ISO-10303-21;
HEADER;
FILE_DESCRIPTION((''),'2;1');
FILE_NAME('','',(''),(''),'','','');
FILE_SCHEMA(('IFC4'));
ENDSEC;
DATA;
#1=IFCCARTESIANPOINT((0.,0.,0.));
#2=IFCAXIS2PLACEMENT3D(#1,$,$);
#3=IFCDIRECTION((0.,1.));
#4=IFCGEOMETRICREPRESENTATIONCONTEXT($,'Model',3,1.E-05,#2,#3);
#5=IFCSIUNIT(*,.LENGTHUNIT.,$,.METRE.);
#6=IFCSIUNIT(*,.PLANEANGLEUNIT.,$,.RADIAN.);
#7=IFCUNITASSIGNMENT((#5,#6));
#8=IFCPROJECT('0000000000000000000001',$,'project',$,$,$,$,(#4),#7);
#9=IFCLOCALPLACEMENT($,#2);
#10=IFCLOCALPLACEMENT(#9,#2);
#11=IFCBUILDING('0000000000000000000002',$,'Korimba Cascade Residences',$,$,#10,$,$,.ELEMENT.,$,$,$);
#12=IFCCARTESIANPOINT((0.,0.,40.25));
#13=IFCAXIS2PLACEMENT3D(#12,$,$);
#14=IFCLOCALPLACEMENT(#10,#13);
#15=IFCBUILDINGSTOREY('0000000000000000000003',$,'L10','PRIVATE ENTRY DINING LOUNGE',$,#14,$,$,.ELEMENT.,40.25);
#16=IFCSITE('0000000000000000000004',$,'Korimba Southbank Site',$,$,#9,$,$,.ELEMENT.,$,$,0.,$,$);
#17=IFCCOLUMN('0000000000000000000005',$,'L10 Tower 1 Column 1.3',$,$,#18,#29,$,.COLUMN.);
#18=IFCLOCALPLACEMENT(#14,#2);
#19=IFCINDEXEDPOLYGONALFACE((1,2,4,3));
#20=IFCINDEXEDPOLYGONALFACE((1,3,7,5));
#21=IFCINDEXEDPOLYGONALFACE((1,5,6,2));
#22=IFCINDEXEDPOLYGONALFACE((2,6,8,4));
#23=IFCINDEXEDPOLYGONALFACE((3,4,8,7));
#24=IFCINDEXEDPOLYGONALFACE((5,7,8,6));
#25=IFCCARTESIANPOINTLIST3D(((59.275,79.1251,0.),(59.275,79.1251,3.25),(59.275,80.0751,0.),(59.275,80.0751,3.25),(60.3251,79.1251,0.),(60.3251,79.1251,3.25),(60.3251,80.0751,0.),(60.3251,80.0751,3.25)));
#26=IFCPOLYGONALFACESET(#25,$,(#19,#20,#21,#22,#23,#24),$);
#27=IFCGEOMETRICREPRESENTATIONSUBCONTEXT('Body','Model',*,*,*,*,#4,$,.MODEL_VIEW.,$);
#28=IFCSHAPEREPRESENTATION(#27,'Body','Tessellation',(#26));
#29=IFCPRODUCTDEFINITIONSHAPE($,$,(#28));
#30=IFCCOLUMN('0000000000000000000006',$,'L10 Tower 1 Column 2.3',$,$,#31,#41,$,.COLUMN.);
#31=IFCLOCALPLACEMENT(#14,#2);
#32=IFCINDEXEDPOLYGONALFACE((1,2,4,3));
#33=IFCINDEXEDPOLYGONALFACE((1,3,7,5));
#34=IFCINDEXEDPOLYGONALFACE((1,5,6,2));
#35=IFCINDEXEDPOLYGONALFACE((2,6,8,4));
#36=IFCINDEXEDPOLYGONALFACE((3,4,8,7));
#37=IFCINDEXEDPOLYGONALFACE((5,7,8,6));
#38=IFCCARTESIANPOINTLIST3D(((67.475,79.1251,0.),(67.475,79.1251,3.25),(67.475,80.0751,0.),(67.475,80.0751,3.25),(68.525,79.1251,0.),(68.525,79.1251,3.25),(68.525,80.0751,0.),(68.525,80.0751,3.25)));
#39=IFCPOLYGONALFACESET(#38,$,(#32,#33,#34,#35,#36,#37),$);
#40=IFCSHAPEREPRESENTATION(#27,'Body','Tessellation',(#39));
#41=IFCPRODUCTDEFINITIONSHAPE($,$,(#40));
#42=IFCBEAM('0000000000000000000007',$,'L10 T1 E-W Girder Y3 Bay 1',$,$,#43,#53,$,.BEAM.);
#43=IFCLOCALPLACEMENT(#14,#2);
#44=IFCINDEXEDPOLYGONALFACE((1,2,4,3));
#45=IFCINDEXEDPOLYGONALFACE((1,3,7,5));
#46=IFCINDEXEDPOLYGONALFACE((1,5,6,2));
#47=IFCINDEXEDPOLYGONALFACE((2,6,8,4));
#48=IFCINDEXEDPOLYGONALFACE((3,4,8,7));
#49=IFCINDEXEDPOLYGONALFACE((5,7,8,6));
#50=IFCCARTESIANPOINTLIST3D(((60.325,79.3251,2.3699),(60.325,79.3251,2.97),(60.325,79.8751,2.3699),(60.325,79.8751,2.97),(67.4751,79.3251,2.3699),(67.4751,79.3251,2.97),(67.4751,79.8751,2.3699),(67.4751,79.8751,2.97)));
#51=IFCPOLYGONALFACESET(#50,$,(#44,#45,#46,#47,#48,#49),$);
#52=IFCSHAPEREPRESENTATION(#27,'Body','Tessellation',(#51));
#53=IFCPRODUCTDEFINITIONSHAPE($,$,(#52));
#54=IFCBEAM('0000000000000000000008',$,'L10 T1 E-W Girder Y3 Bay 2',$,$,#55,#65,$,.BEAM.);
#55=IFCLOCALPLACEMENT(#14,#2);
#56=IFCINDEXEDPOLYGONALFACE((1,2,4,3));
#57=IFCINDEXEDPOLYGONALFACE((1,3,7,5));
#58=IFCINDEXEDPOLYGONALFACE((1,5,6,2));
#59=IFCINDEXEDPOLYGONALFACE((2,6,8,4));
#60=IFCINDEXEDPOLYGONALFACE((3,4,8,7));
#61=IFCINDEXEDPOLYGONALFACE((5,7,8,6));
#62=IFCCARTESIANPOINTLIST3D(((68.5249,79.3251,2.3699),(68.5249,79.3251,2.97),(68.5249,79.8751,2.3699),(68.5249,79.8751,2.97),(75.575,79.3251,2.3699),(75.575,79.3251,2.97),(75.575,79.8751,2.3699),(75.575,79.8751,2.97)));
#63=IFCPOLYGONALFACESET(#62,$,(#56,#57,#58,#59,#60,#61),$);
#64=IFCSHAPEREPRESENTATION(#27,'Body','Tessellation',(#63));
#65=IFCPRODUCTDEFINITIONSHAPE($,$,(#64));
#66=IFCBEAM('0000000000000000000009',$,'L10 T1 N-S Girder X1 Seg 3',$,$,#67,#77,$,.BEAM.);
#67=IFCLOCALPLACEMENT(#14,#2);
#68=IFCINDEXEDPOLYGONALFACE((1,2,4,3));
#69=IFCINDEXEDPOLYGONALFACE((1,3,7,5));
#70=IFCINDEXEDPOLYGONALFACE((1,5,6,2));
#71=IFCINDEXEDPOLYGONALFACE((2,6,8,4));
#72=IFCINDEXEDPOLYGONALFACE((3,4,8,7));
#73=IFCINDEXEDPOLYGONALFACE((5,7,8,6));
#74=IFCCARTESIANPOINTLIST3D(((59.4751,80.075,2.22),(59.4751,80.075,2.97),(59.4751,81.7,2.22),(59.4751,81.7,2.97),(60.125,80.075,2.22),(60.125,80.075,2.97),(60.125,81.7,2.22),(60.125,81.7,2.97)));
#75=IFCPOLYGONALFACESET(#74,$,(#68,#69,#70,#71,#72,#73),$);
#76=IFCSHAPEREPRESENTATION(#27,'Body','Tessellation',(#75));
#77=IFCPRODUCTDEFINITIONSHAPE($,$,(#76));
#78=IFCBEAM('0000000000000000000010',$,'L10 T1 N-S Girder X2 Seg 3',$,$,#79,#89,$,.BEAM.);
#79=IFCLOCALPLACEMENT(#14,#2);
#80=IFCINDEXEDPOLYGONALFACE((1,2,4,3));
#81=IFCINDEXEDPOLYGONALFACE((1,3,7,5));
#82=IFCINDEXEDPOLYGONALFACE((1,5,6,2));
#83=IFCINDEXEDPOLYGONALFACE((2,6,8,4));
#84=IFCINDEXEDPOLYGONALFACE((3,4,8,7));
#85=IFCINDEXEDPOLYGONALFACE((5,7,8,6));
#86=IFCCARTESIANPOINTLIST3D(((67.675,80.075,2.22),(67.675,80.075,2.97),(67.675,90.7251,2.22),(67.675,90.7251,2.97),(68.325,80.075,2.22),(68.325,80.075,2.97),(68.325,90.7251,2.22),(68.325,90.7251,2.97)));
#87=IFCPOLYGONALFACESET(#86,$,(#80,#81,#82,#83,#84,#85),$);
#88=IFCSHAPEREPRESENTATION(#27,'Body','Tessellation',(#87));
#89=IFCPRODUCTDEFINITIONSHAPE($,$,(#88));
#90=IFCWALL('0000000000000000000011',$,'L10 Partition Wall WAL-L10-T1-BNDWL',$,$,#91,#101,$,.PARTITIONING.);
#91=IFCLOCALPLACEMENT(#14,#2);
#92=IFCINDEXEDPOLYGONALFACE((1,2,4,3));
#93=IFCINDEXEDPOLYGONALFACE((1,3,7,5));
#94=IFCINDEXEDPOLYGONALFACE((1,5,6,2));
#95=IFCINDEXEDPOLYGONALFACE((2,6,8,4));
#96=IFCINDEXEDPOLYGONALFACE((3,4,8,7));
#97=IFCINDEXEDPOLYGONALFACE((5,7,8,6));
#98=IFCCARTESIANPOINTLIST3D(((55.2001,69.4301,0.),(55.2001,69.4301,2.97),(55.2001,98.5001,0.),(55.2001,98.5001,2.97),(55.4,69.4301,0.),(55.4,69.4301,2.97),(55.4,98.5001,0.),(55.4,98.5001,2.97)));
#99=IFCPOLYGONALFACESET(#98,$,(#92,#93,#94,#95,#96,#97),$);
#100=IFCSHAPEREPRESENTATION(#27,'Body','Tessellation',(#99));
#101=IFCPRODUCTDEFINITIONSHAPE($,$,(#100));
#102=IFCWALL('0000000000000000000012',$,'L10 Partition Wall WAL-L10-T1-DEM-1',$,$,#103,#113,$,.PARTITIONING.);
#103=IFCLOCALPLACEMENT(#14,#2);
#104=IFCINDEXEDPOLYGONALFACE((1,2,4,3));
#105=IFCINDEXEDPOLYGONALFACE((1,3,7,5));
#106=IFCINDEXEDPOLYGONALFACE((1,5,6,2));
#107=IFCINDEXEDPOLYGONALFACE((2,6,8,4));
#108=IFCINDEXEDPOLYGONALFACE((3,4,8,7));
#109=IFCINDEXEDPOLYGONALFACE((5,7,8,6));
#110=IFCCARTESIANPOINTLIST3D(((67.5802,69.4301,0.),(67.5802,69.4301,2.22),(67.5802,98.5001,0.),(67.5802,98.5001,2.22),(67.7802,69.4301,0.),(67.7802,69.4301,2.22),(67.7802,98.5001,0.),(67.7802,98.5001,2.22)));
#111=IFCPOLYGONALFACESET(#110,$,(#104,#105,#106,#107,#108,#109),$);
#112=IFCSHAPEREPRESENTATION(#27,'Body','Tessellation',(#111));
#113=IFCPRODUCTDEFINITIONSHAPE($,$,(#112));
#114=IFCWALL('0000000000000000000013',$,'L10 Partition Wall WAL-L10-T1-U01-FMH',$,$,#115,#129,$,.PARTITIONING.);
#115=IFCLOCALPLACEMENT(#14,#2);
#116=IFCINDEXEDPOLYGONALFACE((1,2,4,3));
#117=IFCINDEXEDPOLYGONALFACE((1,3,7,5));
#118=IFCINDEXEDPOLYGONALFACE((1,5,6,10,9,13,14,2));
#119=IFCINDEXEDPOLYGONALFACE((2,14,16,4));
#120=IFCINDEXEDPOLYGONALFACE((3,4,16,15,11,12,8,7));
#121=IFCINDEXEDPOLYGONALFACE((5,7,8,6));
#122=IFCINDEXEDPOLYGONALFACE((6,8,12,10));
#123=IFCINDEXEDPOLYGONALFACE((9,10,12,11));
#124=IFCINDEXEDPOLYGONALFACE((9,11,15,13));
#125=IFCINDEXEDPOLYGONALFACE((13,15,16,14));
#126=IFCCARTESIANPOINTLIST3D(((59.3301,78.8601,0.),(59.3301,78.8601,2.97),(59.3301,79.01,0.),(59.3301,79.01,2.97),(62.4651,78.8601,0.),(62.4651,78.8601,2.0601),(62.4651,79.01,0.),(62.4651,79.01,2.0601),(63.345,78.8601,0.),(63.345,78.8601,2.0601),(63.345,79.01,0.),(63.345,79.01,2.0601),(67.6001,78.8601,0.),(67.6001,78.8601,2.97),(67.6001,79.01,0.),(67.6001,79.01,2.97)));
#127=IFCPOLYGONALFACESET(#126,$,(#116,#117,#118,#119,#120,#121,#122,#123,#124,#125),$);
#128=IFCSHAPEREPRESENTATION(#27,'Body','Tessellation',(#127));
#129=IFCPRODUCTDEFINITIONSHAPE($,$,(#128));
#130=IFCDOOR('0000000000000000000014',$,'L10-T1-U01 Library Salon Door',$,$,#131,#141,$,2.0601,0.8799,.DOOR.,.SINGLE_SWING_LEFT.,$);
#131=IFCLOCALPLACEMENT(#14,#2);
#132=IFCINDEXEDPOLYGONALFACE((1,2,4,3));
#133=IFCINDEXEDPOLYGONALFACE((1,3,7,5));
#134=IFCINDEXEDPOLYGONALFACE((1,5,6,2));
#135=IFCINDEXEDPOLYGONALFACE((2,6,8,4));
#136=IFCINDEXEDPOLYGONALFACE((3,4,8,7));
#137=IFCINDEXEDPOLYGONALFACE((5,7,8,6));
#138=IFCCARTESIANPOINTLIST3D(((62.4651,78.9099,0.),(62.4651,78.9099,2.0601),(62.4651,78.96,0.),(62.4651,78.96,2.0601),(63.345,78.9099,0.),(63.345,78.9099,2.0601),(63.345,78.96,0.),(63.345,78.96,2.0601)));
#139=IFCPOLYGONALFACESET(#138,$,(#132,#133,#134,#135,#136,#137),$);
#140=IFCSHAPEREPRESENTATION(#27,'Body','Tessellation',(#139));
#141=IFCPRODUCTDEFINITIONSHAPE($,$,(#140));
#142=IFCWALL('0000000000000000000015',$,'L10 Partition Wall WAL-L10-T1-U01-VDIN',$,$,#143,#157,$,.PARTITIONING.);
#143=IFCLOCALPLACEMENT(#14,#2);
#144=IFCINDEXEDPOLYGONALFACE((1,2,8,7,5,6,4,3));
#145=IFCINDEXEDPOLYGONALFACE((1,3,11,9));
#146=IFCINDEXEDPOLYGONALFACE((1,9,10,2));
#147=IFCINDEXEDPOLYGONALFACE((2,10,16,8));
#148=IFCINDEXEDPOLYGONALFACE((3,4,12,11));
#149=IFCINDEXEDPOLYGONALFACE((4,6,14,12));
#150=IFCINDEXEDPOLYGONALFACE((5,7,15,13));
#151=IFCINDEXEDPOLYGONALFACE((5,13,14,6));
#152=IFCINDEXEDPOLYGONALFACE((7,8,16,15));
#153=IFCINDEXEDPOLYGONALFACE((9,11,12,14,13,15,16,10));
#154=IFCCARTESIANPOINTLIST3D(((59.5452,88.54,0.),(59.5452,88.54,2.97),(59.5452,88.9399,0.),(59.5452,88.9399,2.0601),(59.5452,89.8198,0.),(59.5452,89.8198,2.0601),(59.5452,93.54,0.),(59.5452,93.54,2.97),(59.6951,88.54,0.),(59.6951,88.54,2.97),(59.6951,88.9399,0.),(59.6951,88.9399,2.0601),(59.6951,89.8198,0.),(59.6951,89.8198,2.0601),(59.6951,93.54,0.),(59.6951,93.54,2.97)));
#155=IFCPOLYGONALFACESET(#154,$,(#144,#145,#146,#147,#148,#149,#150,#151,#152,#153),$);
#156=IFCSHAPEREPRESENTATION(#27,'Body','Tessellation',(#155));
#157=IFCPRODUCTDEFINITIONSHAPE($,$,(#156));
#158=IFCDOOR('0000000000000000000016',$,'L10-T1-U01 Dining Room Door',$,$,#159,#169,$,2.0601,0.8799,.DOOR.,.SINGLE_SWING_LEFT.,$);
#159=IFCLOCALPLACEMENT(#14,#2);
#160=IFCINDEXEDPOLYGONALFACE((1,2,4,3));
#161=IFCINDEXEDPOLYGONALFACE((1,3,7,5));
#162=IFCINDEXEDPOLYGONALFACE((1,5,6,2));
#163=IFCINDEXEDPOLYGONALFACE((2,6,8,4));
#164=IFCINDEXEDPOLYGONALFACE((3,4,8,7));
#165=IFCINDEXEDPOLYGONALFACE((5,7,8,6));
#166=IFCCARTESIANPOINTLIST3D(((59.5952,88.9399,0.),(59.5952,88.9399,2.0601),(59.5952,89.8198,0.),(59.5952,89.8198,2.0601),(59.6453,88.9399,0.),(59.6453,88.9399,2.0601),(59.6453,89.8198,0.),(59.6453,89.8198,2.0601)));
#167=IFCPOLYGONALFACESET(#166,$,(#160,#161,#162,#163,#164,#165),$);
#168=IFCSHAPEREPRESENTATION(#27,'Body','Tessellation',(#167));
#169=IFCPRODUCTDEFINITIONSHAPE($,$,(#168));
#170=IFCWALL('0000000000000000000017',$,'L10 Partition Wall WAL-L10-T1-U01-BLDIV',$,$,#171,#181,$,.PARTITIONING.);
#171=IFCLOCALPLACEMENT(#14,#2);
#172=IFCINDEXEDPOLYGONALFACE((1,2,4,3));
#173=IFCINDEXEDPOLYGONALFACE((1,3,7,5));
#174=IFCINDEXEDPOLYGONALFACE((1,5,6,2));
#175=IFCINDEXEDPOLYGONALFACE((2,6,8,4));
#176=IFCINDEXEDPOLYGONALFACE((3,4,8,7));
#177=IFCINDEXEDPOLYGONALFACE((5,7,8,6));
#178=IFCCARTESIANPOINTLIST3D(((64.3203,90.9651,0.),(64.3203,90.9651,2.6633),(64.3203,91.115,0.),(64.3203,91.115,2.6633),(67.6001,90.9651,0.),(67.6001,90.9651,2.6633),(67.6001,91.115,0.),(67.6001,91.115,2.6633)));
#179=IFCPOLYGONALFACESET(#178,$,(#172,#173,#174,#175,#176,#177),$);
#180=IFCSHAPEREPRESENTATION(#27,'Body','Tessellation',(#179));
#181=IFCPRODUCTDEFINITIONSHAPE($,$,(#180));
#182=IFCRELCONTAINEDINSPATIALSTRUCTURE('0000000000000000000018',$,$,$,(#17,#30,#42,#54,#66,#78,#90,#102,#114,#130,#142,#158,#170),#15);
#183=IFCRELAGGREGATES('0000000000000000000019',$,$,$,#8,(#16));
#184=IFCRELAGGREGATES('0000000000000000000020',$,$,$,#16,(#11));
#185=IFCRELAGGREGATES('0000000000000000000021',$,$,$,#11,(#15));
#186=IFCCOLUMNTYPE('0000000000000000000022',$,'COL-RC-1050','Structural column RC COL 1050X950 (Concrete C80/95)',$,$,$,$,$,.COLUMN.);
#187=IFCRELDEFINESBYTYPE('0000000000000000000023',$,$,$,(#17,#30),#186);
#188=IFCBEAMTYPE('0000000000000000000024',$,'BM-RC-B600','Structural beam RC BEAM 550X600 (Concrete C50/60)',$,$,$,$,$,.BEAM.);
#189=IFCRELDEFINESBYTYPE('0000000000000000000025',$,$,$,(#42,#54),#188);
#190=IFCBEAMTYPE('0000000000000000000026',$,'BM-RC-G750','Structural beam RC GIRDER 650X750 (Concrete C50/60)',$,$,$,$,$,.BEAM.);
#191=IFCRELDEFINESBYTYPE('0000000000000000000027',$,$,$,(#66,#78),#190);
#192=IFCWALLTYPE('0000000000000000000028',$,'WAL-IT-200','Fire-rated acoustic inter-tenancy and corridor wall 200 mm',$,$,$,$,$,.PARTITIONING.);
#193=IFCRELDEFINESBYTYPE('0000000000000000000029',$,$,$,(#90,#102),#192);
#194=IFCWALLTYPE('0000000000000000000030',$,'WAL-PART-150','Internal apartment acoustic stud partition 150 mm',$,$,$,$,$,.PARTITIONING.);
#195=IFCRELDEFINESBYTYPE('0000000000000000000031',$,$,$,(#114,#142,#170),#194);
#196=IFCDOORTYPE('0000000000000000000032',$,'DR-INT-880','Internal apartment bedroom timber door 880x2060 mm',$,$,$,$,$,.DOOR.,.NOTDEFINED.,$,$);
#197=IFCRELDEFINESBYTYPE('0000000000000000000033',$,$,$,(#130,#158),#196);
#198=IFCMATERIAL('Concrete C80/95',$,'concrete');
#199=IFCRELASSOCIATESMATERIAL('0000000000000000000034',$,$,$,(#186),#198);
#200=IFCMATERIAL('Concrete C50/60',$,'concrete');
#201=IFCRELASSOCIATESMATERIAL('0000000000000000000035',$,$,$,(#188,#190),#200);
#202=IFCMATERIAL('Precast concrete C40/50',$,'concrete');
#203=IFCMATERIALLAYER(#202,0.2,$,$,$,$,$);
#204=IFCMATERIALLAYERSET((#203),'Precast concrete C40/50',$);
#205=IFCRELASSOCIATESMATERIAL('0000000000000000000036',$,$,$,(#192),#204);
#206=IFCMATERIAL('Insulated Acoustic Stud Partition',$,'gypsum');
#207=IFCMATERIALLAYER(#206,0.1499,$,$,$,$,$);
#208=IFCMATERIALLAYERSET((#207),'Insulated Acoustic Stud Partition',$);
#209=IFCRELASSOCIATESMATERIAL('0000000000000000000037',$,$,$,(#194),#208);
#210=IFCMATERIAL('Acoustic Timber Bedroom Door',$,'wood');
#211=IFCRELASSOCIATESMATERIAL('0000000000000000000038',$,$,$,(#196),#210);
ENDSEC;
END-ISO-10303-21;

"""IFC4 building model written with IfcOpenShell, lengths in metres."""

from ifc_helpers import new_model, si_unit, direction, frame, frame_2d, origin, origin_2d, place, context, subcontext, project, spatial, rectangle, extrude, material, layer, layer_set, material_profile, profile_set, type_object, element, fill, save


model = new_model("IFC4")

# Units and contexts
model_context = context("Model", 3, precision=1e-05, world=origin(), true_north=direction((0.0, 1.0)))
body_context = subcontext(model_context, "Body", "Model", "MODEL_VIEW")
ifc_project = project(units=[si_unit("LENGTHUNIT", "METRE"), si_unit("PLANEANGLEUNIT", "RADIAN")], contexts=[model_context])

# Site, building, storey
site_placement = place(None, origin())
site = spatial("IfcSite", under=ifc_project, at=site_placement, Name="Korimba Southbank Site", CompositionType="ELEMENT", RefElevation=0.0)
building_placement = place(site_placement, origin())
building = spatial("IfcBuilding", under=site, at=building_placement, Name="Korimba Cascade Residences", CompositionType="ELEMENT")
storey_placement = place(building_placement, frame((0.0, 0.0, 40.25)))
storey = spatial("IfcBuildingStorey", under=building, at=storey_placement, Name="L10", Description="PRIVATE ENTRY DINING LOUNGE", CompositionType="ELEMENT", Elevation=40.25)

# Columns
ifc_material_1 = material(Name="Concrete C80/95", Category="concrete")
ifc_material_profile_1 = material_profile(ifc_material_1, rectangle(XDim=1.05, YDim=0.95, at=origin_2d()), Name="Concrete C80/95")
ifc_profile_set_1 = profile_set([ifc_material_profile_1], Name="Concrete C80/95")
column_type = type_object("IfcColumnType", Name="COL-RC-1050", Description="Structural column RC COL 1050X950 (Concrete C80/95)", PredefinedType="COLUMN", material=ifc_profile_set_1)
for number, where, z_axis, x_axis, name in (
    (1, (59.8, 79.6001, 0.0), (0.0, 0.0, 1.0), (1.0, 0.0, 0.0), "L10 Tower 1 Column 1.3"),
    (2, (68.0, 79.6001, 0.0), (0.0, 0.0, 1.0), (1.0, 0.0, 0.0), "L10 Tower 1 Column 2.3"),
):
    element("IfcColumn", number, at=place(storey_placement, frame(where, z_axis=z_axis, x_axis=x_axis)), inside=storey, type_object=column_type, Name=name, PredefinedType="COLUMN", context=body_context, shape_type="SweptSolid", body=[
        extrude(rectangle(XDim=1.05, YDim=0.95, at=origin_2d()), origin(), (0.0, 0.0, 1.0), 3.25),
    ])

# Beams
ifc_material_2 = material(Name="Concrete C50/60", Category="concrete")
ifc_material_profile_2 = material_profile(ifc_material_2, rectangle(XDim=0.55, YDim=0.6001, at=origin_2d()), Name="Concrete C50/60")
ifc_profile_set_2 = profile_set([ifc_material_profile_2], Name="Concrete C50/60")
beam_type_1 = type_object("IfcBeamType", Name="BM-RC-B600", Description="Structural beam RC BEAM 550X600 (Concrete C50/60)", PredefinedType="BEAM", material=ifc_profile_set_2)
beam_1_placement = place(storey_placement, frame((60.325, 79.6001, 2.6699), z_axis=(1.0, 0.0, 0.0), x_axis=(0.0, 1.0, 0.0)))
element("IfcBeam", 3, at=beam_1_placement, inside=storey, type_object=beam_type_1, Name="L10 T1 E-W Girder Y3 Bay 1", PredefinedType="BEAM", context=body_context, shape_type="SweptSolid", body=[
    extrude(rectangle(XDim=0.55, YDim=0.6001, at=origin_2d()), origin(), (0.0, 0.0, 1.0), 7.1501),
])
beam_2_placement = place(storey_placement, frame((68.5249, 79.6001, 2.6699), z_axis=(1.0, 0.0, 0.0), x_axis=(0.0, 1.0, 0.0)))
element("IfcBeam", 4, at=beam_2_placement, inside=storey, type_object=beam_type_1, Name="L10 T1 E-W Girder Y3 Bay 2", PredefinedType="BEAM", context=body_context, shape_type="SweptSolid", body=[
    extrude(rectangle(XDim=0.55, YDim=0.6001, at=origin_2d()), origin(), (0.0, 0.0, 1.0), 7.05),
])
ifc_material_profile_3 = material_profile(ifc_material_2, rectangle(XDim=0.6499, YDim=0.75, at=origin_2d()), Name="Concrete C50/60")
ifc_profile_set_3 = profile_set([ifc_material_profile_3], Name="Concrete C50/60")
beam_type_2 = type_object("IfcBeamType", Name="BM-RC-G750", Description="Structural beam RC GIRDER 650X750 (Concrete C50/60)", PredefinedType="BEAM", material=ifc_profile_set_3)
beam_3_placement = place(storey_placement, frame((59.8, 80.075, 2.595), z_axis=(0.0, 1.0, 0.0), x_axis=(-1.0, 0.0, 0.0)))
element("IfcBeam", 5, at=beam_3_placement, inside=storey, type_object=beam_type_2, Name="L10 T1 N-S Girder X1 Seg 3", PredefinedType="BEAM", context=body_context, shape_type="SweptSolid", body=[
    extrude(rectangle(XDim=0.6499, YDim=0.75, at=origin_2d()), origin(), (0.0, 0.0, 1.0), 1.625),
])
beam_4_placement = place(storey_placement, frame((68.0, 80.075, 2.595), z_axis=(0.0, 1.0, 0.0), x_axis=(-1.0, 0.0, 0.0)))
element("IfcBeam", 6, at=beam_4_placement, inside=storey, type_object=beam_type_2, Name="L10 T1 N-S Girder X2 Seg 3", PredefinedType="BEAM", context=body_context, shape_type="SweptSolid", body=[
    extrude(rectangle(XDim=0.6499, YDim=0.75, at=origin_2d()), origin(), (0.0, 0.0, 1.0), 10.6501),
])

# Walls
ifc_material_3 = material(Name="Precast concrete C40/50", Category="concrete")
ifc_layer_1 = layer(ifc_material_3, 0.2)
ifc_layer_set_1 = layer_set([ifc_layer_1], Name="Precast concrete C40/50")
wall_type_1 = type_object("IfcWallType", Name="WAL-IT-200", Description="Fire-rated acoustic inter-tenancy and corridor wall 200 mm", PredefinedType="PARTITIONING", material=ifc_layer_set_1)
wall_1_placement = place(storey_placement, frame((55.3, 69.4299, 0.0), z_axis=(0.0, 0.0, 1.0), x_axis=(0.0, 1.0, 0.0)))
element("IfcWall", 7, at=wall_1_placement, inside=storey, type_object=wall_type_1, Name="L10 Partition Wall WAL-L10-T1-BNDWL", PredefinedType="PARTITIONING", context=body_context, shape_type="SweptSolid", body=[
    extrude(rectangle(XDim=29.0701, YDim=0.2, at=frame_2d((14.5352, 0.0))), origin(), (0.0, 0.0, 1.0), 2.97),
])
wall_2_placement = place(storey_placement, frame((67.6802, 69.4299, 0.0), z_axis=(0.0, 0.0, 1.0), x_axis=(0.0, 1.0, 0.0)))
element("IfcWall", 8, at=wall_2_placement, inside=storey, type_object=wall_type_1, Name="L10 Partition Wall WAL-L10-T1-DEM-1", PredefinedType="PARTITIONING", context=body_context, shape_type="SweptSolid", body=[
    extrude(rectangle(XDim=29.0701, YDim=0.2, at=frame_2d((14.5352, 0.0))), origin(), (0.0, 0.0, 1.0), 2.22),
])

# Walls, openings, doors
ifc_material_4 = material(Name="Insulated Acoustic Stud Partition", Category="gypsum")
ifc_layer_2 = layer(ifc_material_4, 0.1499)
ifc_layer_set_2 = layer_set([ifc_layer_2], Name="Insulated Acoustic Stud Partition")
wall_type_2 = type_object("IfcWallType", Name="WAL-PART-150", Description="Internal apartment acoustic stud partition 150 mm", PredefinedType="PARTITIONING", material=ifc_layer_set_2)
wall_3_placement = place(storey_placement, frame((59.3301, 78.9351, 0.0), z_axis=(0.0, 0.0, 1.0), x_axis=(1.0, 0.0, 0.0)))
wall_3 = element("IfcWall", 9, at=wall_3_placement, inside=storey, type_object=wall_type_2, Name="L10 Partition Wall WAL-L10-T1-U01-FMH", PredefinedType="PARTITIONING", context=body_context, shape_type="SweptSolid", body=[
    extrude(rectangle(XDim=8.27, YDim=0.1499, at=frame_2d((4.135, 0.0))), origin(), (0.0, 0.0, 1.0), 2.97),
])
opening_1_placement = place(wall_3_placement, frame((3.135, 0.0, 0.0)))
opening_1 = element("IfcOpeningElement", 10, at=opening_1_placement, cuts=wall_3, PredefinedType="OPENING", context=body_context, shape_type="SweptSolid", body=[
    extrude(rectangle(XDim=0.8799, YDim=2.0601, at=frame_2d((0.4399, 1.03))), frame((0.0, 0.085, 0.0), z_axis=(0.0, -1.0, 0.0), x_axis=(1.0, 0.0, 0.0)), (0.0, 0.0, 1.0), 0.1699),
])
ifc_material_5 = material(Name="Acoustic Timber Bedroom Door", Category="wood")
door_type_1 = type_object("IfcDoorType", Name="DR-INT-880", Description="Internal apartment bedroom timber door 880x2060 mm", OperationType="NOTDEFINED", PredefinedType="DOOR", material=ifc_material_5)
door_1_placement = place(opening_1_placement, origin())
door_1 = element("IfcDoor", 11, at=door_1_placement, inside=storey, type_object=door_type_1, Name="L10-T1-U01 Library Salon Door", OperationType="SINGLE_SWING_LEFT", OverallHeight=2.0601, OverallWidth=0.8799, PredefinedType="DOOR", context=body_context, shape_type="SweptSolid", body=[
    extrude(rectangle(XDim=0.8799, YDim=2.0601, at=frame_2d((0.4399, 1.03))), frame((0.0, 0.0249, 0.0), z_axis=(0.0, -1.0, 0.0), x_axis=(1.0, 0.0, 0.0)), (0.0, 0.0, 1.0), 0.05),
])
fill(opening_1, door_1)
wall_4_placement = place(storey_placement, frame((59.6201, 88.54, 0.0), z_axis=(0.0, 0.0, 1.0), x_axis=(0.0, 1.0, 0.0)))
wall_4 = element("IfcWall", 12, at=wall_4_placement, inside=storey, type_object=wall_type_2, Name="L10 Partition Wall WAL-L10-T1-U01-VDIN", PredefinedType="PARTITIONING", context=body_context, shape_type="SweptSolid", body=[
    extrude(rectangle(XDim=5.0, YDim=0.1499, at=frame_2d((2.5, 0.0))), origin(), (0.0, 0.0, 1.0), 2.97),
])
opening_2_placement = place(wall_4_placement, frame((0.3999, 0.0, 0.0)))
opening_2 = element("IfcOpeningElement", 13, at=opening_2_placement, cuts=wall_4, PredefinedType="OPENING", context=body_context, shape_type="SweptSolid", body=[
    extrude(rectangle(XDim=0.8799, YDim=2.0601, at=frame_2d((0.4399, 1.03))), frame((0.0, 0.085, 0.0), z_axis=(0.0, -1.0, 0.0), x_axis=(1.0, 0.0, 0.0)), (0.0, 0.0, 1.0), 0.1699),
])
door_2_placement = place(opening_2_placement, origin())
door_2 = element("IfcDoor", 14, at=door_2_placement, inside=storey, type_object=door_type_1, Name="L10-T1-U01 Dining Room Door", OperationType="SINGLE_SWING_LEFT", OverallHeight=2.0601, OverallWidth=0.8799, PredefinedType="DOOR", context=body_context, shape_type="SweptSolid", body=[
    extrude(rectangle(XDim=0.8799, YDim=2.0601, at=frame_2d((0.4399, 1.03))), frame((0.0, 0.0249, 0.0), z_axis=(0.0, -1.0, 0.0), x_axis=(1.0, 0.0, 0.0)), (0.0, 0.0, 1.0), 0.05),
])
fill(opening_2, door_2)

# Wall
wall_5_placement = place(storey_placement, frame((64.3203, 91.04, 0.0), z_axis=(0.0, 0.0, 1.0), x_axis=(1.0, 0.0, 0.0)))
element("IfcWall", 15, at=wall_5_placement, inside=storey, type_object=wall_type_2, Name="L10 Partition Wall WAL-L10-T1-U01-BLDIV", PredefinedType="PARTITIONING", context=body_context, shape_type="SweptSolid", body=[
    extrude(rectangle(XDim=3.2798, YDim=0.1499, at=frame_2d((1.6399, 0.0))), origin(), (0.0, 0.0, 1.0), 2.6633),
])

save(model, "model.ifc")
